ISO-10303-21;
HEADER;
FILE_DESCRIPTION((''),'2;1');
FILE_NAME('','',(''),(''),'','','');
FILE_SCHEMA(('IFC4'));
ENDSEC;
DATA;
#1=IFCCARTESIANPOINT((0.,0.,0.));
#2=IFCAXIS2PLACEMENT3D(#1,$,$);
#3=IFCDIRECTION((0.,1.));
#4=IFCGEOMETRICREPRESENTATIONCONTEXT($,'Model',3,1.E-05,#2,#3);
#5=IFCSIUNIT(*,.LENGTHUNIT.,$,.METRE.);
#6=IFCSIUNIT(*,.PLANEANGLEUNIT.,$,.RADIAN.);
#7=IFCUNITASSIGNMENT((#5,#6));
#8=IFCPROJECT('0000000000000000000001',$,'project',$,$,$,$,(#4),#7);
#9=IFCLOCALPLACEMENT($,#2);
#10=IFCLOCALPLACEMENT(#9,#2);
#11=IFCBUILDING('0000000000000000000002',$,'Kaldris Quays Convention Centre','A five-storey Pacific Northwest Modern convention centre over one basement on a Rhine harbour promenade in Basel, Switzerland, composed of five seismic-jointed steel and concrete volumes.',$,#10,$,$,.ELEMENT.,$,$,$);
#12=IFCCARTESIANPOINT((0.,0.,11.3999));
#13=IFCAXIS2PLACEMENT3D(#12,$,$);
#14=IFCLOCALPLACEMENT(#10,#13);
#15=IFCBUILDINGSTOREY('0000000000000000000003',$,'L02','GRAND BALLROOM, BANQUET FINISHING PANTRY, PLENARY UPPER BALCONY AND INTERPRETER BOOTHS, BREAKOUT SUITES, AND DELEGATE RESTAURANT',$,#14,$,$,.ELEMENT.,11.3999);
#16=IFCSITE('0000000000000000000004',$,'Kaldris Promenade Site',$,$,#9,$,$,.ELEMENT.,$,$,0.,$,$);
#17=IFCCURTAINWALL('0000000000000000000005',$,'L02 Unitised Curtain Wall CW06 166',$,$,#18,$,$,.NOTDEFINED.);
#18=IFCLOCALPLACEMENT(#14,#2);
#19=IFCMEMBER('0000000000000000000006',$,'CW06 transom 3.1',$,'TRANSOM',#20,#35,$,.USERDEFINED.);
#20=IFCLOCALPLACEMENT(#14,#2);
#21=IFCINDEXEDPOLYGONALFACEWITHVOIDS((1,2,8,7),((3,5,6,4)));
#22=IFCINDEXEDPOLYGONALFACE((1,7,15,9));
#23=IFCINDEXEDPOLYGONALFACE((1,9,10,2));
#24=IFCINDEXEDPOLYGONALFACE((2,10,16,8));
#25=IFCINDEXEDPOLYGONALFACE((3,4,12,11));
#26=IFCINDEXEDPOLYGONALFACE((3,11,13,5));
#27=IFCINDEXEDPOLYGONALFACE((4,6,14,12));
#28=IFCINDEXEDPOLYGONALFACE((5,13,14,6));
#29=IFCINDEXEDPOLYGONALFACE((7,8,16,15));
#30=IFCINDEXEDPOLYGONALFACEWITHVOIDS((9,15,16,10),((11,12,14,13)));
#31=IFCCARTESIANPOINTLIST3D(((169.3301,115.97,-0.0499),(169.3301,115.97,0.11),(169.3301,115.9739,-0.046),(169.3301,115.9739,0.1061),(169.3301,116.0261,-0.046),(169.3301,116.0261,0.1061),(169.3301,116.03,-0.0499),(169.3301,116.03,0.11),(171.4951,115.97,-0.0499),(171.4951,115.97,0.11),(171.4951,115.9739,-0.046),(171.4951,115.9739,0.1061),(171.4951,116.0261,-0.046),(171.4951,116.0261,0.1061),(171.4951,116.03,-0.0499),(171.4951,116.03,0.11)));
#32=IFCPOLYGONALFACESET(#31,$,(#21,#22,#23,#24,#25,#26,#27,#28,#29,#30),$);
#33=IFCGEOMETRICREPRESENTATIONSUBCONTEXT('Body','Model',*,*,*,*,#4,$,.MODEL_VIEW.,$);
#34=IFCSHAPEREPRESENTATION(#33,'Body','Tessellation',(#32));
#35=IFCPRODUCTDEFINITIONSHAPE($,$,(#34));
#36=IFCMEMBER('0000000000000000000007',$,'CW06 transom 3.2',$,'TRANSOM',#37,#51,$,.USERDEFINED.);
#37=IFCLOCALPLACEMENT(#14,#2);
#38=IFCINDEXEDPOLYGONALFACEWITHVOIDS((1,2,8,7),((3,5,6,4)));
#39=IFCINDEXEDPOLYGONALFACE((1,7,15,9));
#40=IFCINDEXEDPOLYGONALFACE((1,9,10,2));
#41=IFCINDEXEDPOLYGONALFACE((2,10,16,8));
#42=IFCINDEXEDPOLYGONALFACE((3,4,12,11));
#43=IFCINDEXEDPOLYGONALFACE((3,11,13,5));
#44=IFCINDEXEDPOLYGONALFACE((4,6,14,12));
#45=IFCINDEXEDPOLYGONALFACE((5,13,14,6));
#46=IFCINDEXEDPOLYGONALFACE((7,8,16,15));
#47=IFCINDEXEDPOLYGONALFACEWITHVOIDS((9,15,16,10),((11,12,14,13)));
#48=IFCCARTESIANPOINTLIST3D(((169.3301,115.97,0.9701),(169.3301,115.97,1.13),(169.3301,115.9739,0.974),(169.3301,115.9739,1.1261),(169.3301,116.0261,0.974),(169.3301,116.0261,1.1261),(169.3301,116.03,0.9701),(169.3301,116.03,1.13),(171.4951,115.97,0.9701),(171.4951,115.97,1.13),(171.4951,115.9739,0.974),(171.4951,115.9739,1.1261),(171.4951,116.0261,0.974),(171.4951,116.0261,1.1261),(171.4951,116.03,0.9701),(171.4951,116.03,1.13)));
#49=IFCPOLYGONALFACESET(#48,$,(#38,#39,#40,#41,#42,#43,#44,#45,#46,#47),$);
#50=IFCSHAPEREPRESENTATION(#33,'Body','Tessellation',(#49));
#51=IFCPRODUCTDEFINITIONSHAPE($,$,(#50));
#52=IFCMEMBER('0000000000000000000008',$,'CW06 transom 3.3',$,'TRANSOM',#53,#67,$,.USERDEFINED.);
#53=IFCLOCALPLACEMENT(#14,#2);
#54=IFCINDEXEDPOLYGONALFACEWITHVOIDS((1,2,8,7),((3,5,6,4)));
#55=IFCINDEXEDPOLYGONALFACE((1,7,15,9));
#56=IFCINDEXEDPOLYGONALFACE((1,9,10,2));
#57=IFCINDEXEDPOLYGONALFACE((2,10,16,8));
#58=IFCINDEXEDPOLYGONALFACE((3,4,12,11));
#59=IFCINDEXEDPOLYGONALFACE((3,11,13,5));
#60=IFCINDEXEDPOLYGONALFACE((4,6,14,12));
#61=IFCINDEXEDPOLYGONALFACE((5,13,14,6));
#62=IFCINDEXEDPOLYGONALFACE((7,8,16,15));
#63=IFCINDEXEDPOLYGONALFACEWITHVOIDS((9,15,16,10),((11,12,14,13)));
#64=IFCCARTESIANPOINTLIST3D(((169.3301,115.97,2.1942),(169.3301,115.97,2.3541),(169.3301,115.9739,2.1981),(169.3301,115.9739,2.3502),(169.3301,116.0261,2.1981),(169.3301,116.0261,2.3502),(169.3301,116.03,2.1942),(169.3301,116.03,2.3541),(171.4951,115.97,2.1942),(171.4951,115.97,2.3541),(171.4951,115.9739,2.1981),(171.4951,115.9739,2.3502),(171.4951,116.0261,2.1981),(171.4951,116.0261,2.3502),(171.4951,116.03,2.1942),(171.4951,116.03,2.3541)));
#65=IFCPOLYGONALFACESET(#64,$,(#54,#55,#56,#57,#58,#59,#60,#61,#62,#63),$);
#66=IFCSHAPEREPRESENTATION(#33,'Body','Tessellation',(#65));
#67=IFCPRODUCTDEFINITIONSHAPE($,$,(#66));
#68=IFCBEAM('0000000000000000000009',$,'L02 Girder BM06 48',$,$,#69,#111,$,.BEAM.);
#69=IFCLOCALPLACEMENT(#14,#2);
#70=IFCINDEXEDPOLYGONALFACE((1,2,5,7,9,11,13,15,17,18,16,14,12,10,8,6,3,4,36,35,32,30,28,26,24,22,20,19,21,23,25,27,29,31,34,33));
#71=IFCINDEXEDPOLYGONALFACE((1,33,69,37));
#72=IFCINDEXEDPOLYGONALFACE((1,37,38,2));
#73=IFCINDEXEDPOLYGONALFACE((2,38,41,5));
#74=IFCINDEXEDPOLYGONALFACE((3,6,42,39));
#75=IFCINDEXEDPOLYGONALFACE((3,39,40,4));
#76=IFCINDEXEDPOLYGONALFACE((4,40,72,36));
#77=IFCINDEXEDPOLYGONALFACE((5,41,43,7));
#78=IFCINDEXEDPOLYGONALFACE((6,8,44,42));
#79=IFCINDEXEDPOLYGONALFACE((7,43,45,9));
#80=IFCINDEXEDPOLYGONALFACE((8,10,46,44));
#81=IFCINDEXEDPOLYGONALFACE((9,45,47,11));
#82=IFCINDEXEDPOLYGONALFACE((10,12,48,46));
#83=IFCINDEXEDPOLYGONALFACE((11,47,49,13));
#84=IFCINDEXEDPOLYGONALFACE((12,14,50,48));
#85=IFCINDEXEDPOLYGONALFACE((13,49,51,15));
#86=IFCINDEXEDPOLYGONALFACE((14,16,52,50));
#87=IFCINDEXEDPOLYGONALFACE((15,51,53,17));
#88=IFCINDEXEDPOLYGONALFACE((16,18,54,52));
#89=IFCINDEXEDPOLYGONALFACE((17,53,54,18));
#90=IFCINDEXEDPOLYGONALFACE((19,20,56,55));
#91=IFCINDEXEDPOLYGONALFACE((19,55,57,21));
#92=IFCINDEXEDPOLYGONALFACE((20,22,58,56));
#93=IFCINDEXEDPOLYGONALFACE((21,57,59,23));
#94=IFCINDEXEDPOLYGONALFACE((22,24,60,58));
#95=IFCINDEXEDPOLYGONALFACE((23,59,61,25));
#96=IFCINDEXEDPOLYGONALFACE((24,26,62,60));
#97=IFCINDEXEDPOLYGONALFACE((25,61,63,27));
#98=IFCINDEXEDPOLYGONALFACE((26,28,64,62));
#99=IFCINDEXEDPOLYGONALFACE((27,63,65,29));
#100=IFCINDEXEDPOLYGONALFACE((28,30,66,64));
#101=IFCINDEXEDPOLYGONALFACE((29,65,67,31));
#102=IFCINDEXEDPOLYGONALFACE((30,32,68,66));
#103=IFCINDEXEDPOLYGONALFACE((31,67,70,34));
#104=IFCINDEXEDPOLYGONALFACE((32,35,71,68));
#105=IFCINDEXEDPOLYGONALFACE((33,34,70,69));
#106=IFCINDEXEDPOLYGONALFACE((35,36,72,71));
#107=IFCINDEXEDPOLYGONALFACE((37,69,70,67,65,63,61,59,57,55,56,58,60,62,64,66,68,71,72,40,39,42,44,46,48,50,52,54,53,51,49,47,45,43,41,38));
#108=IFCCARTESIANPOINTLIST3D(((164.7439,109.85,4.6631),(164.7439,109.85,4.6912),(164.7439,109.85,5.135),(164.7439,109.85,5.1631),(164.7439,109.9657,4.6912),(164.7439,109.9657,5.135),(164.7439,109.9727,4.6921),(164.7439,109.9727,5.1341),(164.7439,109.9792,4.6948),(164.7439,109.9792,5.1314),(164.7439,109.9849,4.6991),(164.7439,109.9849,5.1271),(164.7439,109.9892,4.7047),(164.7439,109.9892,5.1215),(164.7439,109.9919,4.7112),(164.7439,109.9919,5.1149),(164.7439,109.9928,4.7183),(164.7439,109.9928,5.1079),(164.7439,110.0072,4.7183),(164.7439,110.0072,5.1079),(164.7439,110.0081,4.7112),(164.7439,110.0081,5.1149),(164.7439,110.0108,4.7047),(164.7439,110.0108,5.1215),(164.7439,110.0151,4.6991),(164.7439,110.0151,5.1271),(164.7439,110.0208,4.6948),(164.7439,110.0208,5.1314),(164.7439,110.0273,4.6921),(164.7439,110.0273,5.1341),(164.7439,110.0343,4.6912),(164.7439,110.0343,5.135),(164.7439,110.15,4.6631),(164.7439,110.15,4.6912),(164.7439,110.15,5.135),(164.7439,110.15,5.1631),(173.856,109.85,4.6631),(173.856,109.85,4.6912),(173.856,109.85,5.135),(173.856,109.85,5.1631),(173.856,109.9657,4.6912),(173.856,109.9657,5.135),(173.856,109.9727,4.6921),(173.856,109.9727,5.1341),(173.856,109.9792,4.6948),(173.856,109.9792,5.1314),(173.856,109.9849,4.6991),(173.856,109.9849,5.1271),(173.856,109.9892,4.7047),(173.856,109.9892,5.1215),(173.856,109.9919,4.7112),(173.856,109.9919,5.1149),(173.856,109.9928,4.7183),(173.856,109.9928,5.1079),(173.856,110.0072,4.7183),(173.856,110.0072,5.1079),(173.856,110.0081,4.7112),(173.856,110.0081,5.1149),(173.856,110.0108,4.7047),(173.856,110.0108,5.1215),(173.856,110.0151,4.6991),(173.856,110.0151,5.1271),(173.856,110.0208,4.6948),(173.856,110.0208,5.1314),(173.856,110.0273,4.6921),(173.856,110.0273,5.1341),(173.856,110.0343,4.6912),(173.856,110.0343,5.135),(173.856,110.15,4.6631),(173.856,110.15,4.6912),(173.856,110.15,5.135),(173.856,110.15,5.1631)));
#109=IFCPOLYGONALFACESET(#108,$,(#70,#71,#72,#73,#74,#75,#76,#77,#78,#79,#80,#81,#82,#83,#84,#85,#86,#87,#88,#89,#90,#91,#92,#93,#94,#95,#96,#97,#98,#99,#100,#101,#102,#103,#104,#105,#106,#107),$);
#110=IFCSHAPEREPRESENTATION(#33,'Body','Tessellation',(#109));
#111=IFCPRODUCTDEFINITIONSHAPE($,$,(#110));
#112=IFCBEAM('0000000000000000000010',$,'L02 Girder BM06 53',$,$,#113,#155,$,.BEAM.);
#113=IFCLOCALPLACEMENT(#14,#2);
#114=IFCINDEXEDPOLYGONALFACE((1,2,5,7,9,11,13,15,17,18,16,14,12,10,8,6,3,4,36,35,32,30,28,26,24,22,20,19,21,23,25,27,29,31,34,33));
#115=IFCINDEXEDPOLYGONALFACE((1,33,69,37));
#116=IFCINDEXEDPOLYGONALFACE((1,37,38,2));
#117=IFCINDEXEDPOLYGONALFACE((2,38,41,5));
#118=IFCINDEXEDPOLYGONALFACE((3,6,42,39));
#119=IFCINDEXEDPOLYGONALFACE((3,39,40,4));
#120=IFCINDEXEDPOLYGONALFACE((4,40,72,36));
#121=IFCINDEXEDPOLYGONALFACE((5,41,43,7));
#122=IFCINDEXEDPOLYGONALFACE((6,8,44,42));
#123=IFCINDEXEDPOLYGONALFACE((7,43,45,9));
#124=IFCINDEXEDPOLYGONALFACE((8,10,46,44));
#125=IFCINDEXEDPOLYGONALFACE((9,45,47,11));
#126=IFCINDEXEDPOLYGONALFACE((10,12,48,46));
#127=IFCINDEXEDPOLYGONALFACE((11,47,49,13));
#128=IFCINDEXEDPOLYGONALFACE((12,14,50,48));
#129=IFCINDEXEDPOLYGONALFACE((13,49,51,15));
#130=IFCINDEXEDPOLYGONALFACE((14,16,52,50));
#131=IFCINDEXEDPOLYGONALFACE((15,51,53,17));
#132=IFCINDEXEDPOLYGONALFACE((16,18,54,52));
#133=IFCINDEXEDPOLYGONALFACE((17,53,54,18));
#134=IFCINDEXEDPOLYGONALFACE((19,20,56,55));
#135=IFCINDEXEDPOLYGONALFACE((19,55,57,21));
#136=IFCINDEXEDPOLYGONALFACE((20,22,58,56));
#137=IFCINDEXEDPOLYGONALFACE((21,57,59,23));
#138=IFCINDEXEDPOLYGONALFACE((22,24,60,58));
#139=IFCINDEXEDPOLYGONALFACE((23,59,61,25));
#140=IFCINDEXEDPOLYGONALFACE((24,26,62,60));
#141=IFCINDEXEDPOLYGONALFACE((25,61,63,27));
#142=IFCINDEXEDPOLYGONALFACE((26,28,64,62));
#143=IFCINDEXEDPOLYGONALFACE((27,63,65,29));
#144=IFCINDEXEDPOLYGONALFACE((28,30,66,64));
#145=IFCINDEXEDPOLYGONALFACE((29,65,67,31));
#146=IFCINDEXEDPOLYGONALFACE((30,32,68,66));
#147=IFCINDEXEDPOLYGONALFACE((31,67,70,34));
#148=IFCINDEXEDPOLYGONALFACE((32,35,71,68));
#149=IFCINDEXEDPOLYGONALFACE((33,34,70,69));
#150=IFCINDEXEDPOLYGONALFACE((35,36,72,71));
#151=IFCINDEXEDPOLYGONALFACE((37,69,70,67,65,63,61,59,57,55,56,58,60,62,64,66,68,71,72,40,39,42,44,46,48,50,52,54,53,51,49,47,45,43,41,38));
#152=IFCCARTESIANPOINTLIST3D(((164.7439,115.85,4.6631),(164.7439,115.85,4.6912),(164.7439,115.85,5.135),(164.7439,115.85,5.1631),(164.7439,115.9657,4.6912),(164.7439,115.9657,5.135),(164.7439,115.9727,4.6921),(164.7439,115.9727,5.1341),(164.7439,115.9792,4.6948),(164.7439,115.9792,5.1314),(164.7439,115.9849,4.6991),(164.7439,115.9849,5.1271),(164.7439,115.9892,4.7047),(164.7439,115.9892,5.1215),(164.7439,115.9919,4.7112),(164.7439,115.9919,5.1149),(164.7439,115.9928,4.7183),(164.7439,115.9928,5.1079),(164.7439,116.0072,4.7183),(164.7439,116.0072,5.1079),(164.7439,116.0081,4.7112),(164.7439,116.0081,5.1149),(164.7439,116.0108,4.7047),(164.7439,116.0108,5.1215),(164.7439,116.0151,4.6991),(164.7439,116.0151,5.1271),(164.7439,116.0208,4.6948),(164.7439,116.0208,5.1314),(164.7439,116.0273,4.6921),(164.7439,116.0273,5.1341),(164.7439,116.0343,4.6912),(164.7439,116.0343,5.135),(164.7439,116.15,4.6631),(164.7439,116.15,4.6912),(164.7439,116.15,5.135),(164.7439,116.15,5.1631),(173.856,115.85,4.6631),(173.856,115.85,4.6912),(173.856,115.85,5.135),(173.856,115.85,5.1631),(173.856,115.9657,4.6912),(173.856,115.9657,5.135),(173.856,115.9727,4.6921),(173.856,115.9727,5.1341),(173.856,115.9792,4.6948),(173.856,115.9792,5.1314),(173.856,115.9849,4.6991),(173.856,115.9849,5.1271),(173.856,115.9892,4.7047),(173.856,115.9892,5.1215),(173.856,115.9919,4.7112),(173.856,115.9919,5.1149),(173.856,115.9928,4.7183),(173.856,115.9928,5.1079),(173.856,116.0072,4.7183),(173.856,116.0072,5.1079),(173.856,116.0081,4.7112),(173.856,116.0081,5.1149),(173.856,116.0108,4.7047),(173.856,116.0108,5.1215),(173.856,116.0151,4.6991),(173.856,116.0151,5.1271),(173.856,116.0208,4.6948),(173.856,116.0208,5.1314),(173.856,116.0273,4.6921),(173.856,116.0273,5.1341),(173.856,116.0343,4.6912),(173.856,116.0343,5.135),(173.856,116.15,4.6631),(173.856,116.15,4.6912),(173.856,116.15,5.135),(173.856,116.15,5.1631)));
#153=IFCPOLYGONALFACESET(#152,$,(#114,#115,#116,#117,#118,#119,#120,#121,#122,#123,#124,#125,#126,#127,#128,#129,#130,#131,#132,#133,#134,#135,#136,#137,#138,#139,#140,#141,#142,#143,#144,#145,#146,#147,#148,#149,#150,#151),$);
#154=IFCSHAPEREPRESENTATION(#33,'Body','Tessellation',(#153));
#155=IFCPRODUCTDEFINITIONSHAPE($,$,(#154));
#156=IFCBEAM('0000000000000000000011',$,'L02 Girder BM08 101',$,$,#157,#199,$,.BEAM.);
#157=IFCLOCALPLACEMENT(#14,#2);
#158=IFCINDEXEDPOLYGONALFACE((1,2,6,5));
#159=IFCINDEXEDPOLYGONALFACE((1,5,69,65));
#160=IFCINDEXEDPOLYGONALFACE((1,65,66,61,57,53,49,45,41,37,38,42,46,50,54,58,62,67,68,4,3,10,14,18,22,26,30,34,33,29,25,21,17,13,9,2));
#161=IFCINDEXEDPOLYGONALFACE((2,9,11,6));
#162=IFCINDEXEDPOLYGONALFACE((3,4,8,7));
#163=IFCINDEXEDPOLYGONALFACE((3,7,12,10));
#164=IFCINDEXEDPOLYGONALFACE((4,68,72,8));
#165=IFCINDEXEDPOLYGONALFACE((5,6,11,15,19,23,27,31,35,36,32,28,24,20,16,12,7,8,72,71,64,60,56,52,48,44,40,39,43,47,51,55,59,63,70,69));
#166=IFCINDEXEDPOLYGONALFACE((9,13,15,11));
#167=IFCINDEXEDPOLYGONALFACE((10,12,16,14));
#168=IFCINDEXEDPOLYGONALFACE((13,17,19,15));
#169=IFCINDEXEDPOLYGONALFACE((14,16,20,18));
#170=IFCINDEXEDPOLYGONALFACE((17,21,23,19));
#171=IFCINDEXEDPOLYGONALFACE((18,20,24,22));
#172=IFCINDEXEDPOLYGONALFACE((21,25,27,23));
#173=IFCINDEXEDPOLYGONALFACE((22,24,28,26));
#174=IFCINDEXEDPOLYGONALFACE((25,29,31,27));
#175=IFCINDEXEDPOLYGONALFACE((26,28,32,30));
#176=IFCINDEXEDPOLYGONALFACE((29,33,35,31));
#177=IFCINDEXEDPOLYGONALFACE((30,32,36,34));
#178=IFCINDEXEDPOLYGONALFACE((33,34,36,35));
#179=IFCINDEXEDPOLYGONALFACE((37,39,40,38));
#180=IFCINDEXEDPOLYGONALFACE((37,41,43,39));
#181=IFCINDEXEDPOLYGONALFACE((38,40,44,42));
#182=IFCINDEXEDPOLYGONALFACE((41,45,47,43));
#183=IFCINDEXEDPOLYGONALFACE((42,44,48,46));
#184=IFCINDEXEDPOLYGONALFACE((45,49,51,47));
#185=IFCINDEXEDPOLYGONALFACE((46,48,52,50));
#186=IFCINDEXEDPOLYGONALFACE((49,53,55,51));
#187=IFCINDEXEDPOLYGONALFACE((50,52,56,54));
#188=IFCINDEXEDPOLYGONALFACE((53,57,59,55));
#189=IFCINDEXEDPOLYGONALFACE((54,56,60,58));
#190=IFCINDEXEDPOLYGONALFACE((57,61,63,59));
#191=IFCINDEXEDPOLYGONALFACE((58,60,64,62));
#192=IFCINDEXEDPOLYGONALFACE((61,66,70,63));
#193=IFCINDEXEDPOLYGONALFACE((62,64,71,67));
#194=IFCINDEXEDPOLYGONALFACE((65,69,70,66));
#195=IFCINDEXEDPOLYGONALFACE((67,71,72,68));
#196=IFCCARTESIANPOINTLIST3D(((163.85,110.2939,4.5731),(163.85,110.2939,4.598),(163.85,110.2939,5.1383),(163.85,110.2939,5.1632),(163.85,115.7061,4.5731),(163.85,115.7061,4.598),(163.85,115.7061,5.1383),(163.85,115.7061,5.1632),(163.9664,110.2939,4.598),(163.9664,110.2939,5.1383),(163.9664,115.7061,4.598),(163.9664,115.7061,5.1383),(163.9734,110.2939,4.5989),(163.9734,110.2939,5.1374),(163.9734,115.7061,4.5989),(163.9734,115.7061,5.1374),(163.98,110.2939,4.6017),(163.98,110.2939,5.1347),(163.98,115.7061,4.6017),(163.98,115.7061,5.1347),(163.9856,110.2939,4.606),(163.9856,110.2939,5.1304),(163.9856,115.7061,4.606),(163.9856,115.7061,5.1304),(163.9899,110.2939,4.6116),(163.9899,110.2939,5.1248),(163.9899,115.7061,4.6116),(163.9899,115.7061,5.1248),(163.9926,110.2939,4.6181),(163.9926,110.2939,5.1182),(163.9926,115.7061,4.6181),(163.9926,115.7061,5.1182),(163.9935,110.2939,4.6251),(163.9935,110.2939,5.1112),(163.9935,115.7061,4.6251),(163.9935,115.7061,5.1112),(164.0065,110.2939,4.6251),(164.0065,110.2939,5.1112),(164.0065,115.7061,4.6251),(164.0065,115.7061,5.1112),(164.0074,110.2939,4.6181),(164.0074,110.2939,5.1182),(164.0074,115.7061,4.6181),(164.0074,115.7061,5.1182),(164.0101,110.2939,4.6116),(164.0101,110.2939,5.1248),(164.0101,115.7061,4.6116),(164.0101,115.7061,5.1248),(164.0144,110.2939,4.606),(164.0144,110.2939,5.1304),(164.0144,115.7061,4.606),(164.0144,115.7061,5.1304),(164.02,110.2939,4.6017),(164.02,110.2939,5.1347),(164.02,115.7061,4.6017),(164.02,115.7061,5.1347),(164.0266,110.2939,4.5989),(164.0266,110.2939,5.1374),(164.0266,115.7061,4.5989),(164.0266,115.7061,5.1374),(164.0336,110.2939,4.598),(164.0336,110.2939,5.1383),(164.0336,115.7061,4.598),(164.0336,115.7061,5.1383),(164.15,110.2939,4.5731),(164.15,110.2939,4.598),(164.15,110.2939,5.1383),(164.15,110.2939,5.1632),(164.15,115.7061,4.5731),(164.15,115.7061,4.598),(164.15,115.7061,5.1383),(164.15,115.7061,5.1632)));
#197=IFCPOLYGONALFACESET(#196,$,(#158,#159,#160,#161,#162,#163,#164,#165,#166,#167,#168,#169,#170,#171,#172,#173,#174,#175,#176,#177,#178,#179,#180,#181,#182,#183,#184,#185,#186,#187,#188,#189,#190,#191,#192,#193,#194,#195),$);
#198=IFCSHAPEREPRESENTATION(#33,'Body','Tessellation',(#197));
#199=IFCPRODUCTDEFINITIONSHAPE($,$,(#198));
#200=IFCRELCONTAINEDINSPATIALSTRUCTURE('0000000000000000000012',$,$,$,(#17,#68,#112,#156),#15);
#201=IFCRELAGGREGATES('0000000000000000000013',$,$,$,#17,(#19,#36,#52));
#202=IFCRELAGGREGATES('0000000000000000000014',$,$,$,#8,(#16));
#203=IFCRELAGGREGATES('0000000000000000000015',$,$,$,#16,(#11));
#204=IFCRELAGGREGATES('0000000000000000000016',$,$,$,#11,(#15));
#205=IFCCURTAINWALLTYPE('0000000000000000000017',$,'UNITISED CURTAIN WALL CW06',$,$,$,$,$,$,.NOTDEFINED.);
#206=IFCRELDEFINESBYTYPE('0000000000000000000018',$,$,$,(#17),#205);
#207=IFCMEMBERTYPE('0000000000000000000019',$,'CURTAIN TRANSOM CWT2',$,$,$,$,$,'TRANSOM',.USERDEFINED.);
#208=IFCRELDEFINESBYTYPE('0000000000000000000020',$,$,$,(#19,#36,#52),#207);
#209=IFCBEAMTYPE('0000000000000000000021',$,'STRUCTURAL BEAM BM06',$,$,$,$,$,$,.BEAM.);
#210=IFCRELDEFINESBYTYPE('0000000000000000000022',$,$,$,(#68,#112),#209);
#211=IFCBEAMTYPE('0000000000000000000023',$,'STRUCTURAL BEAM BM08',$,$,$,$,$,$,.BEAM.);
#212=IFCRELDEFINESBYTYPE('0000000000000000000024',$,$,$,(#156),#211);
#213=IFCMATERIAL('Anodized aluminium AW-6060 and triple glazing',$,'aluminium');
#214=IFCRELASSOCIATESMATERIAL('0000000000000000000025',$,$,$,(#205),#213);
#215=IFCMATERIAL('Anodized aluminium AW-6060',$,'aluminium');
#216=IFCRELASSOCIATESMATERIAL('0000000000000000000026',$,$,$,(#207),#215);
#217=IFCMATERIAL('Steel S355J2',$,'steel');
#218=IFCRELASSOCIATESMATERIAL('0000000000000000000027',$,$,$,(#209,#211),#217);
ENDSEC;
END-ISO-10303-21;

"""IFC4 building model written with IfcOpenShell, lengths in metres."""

from ifc_helpers import new_model, si_unit, direction, frame, origin, origin_2d, place, context, subcontext, project, spatial, hollow_rectangle, i_section, extrude, material, material_profile, profile_set, type_object, element, aggregate, save


model = new_model("IFC4")

# Units and contexts
model_context = context("Model", 3, precision=1e-05, world=origin(), true_north=direction((0.0, 1.0)))
body_context = subcontext(model_context, "Body", "Model", "MODEL_VIEW")
ifc_project = project(units=[si_unit("LENGTHUNIT", "METRE"), si_unit("PLANEANGLEUNIT", "RADIAN")], contexts=[model_context])

# Site, building, storey
site_placement = place(None, origin())
site = spatial("IfcSite", under=ifc_project, at=site_placement, Name="Kaldris Promenade Site", CompositionType="ELEMENT", RefElevation=0.0)
building_placement = place(site_placement, origin())
building = spatial("IfcBuilding", under=site, at=building_placement, Name="Kaldris Quays Convention Centre", Description="A five-storey Pacific Northwest Modern convention centre over one basement on a Rhine harbour promenade in Basel, Switzerland, composed of five seismic-jointed steel and concrete volumes.", CompositionType="ELEMENT")
storey_placement = place(building_placement, frame((0.0, 0.0, 11.3999)))
storey = spatial("IfcBuildingStorey", under=building, at=storey_placement, Name="L02", Description="GRAND BALLROOM, BANQUET FINISHING PANTRY, PLENARY UPPER BALCONY AND INTERPRETER BOOTHS, BREAKOUT SUITES, AND DELEGATE RESTAURANT", CompositionType="ELEMENT", Elevation=11.3999)

# Shared definitions
ifc_material_1 = material(Name="Steel S355J2", Category="steel")

# Curtain wall, members
ifc_material_2 = material(Name="Anodized aluminium AW-6060 and triple glazing", Category="aluminium")
curtain_wall_type = type_object("IfcCurtainWallType", Name="UNITISED CURTAIN WALL CW06", PredefinedType="NOTDEFINED", material=ifc_material_2)
curtain_wall_placement = place(storey_placement, origin())
curtain_wall = element("IfcCurtainWall", 1, at=curtain_wall_placement, inside=storey, type_object=curtain_wall_type, Name="L02 Unitised Curtain Wall CW06 166", PredefinedType="NOTDEFINED")
ifc_material_3 = material(Name="Anodized aluminium AW-6060", Category="aluminium")
ifc_material_profile_1 = material_profile(ifc_material_3, hollow_rectangle(XDim=0.0601, YDim=0.1599, WallThickness=0.0039, at=origin_2d()), Name="RHS 160x60x4")
ifc_profile_set_1 = profile_set([ifc_material_profile_1], Name="Anodized aluminium AW-6060")
member_type_1 = type_object("IfcMemberType", Name="CURTAIN TRANSOM CWT2", ElementType="TRANSOM", PredefinedType="USERDEFINED", material=ifc_profile_set_1)
member_1_placement = place(storey_placement, frame((169.3301, 116.0, 0.03), z_axis=(1.0, 0.0, 0.0), x_axis=(0.0, 1.0, 0.0)))
member_1 = element("IfcMember", 2, at=member_1_placement, type_object=member_type_1, Name="CW06 transom 3.1", ObjectType="TRANSOM", PredefinedType="USERDEFINED", context=body_context, shape_type="SweptSolid", body=[
    extrude(hollow_rectangle(XDim=0.0601, YDim=0.1599, WallThickness=0.0039, at=origin_2d()), origin(), (0.0, 0.0, 1.0), 2.165),
])
member_2_placement = place(storey_placement, frame((169.3301, 116.0, 1.05), z_axis=(1.0, 0.0, 0.0), x_axis=(0.0, 1.0, 0.0)))
member_2 = element("IfcMember", 3, at=member_2_placement, type_object=member_type_1, Name="CW06 transom 3.2", ObjectType="TRANSOM", PredefinedType="USERDEFINED", context=body_context, shape_type="SweptSolid", body=[
    extrude(hollow_rectangle(XDim=0.0601, YDim=0.1599, WallThickness=0.0039, at=origin_2d()), origin(), (0.0, 0.0, 1.0), 2.165),
])
member_3_placement = place(storey_placement, frame((169.3301, 116.0, 2.2742), z_axis=(1.0, 0.0, 0.0), x_axis=(0.0, 1.0, 0.0)))
member_3 = element("IfcMember", 4, at=member_3_placement, type_object=member_type_1, Name="CW06 transom 3.3", ObjectType="TRANSOM", PredefinedType="USERDEFINED", context=body_context, shape_type="SweptSolid", body=[
    extrude(hollow_rectangle(XDim=0.0601, YDim=0.1599, WallThickness=0.0039, at=origin_2d()), origin(), (0.0, 0.0, 1.0), 2.165),
])

# Beams
ifc_material_profile_2 = material_profile(ifc_material_1, i_section(OverallWidth=0.3, OverallDepth=0.5, WebThickness=0.0144, FlangeThickness=0.0281, FilletRadius=0.0271, at=origin_2d()), Name="HEB 500")
ifc_profile_set_2 = profile_set([ifc_material_profile_2], Name="Steel S355J2")
beam_type_1 = type_object("IfcBeamType", Name="STRUCTURAL BEAM BM06", PredefinedType="BEAM", material=ifc_profile_set_2)
for number, where, z_axis, x_axis, name in (
    (5, (164.7439, 110.0, 4.9131), (1.0, 0.0, 0.0), (0.0, 1.0, 0.0), "L02 Girder BM06 48"),
    (6, (164.7439, 116.0, 4.9131), (1.0, 0.0, 0.0), (0.0, 1.0, 0.0), "L02 Girder BM06 53"),
):
    element("IfcBeam", number, at=place(storey_placement, frame(where, z_axis=z_axis, x_axis=x_axis)), inside=storey, type_object=beam_type_1, Name=name, PredefinedType="BEAM", context=body_context, shape_type="SweptSolid", body=[
        extrude(i_section(OverallWidth=0.3, OverallDepth=0.5, WebThickness=0.0144, FlangeThickness=0.0281, FilletRadius=0.0271, at=origin_2d()), origin(), (0.0, 0.0, 1.0), 9.1121),
    ])
ifc_material_profile_3 = material_profile(ifc_material_1, i_section(OverallWidth=0.3, OverallDepth=0.5901, WebThickness=0.0129, FlangeThickness=0.0249, FilletRadius=0.0271, at=origin_2d()), Name="HEA 600")
ifc_profile_set_3 = profile_set([ifc_material_profile_3], Name="Steel S355J2")
beam_type_2 = type_object("IfcBeamType", Name="STRUCTURAL BEAM BM08", PredefinedType="BEAM", material=ifc_profile_set_3)
beam_1_placement = place(storey_placement, frame((164.0, 110.2939, 4.8682), z_axis=(0.0, 1.0, 0.0), x_axis=(-1.0, 0.0, 0.0)))
element("IfcBeam", 7, at=beam_1_placement, inside=storey, type_object=beam_type_2, Name="L02 Girder BM08 101", PredefinedType="BEAM", context=body_context, shape_type="SweptSolid", body=[
    extrude(i_section(OverallWidth=0.3, OverallDepth=0.5901, WebThickness=0.0129, FlangeThickness=0.0249, FilletRadius=0.0271, at=origin_2d()), origin(), (0.0, 0.0, 1.0), 5.4121),
])

aggregate(curtain_wall, [member_1, member_2, member_3])

save(model, "model.ifc")
